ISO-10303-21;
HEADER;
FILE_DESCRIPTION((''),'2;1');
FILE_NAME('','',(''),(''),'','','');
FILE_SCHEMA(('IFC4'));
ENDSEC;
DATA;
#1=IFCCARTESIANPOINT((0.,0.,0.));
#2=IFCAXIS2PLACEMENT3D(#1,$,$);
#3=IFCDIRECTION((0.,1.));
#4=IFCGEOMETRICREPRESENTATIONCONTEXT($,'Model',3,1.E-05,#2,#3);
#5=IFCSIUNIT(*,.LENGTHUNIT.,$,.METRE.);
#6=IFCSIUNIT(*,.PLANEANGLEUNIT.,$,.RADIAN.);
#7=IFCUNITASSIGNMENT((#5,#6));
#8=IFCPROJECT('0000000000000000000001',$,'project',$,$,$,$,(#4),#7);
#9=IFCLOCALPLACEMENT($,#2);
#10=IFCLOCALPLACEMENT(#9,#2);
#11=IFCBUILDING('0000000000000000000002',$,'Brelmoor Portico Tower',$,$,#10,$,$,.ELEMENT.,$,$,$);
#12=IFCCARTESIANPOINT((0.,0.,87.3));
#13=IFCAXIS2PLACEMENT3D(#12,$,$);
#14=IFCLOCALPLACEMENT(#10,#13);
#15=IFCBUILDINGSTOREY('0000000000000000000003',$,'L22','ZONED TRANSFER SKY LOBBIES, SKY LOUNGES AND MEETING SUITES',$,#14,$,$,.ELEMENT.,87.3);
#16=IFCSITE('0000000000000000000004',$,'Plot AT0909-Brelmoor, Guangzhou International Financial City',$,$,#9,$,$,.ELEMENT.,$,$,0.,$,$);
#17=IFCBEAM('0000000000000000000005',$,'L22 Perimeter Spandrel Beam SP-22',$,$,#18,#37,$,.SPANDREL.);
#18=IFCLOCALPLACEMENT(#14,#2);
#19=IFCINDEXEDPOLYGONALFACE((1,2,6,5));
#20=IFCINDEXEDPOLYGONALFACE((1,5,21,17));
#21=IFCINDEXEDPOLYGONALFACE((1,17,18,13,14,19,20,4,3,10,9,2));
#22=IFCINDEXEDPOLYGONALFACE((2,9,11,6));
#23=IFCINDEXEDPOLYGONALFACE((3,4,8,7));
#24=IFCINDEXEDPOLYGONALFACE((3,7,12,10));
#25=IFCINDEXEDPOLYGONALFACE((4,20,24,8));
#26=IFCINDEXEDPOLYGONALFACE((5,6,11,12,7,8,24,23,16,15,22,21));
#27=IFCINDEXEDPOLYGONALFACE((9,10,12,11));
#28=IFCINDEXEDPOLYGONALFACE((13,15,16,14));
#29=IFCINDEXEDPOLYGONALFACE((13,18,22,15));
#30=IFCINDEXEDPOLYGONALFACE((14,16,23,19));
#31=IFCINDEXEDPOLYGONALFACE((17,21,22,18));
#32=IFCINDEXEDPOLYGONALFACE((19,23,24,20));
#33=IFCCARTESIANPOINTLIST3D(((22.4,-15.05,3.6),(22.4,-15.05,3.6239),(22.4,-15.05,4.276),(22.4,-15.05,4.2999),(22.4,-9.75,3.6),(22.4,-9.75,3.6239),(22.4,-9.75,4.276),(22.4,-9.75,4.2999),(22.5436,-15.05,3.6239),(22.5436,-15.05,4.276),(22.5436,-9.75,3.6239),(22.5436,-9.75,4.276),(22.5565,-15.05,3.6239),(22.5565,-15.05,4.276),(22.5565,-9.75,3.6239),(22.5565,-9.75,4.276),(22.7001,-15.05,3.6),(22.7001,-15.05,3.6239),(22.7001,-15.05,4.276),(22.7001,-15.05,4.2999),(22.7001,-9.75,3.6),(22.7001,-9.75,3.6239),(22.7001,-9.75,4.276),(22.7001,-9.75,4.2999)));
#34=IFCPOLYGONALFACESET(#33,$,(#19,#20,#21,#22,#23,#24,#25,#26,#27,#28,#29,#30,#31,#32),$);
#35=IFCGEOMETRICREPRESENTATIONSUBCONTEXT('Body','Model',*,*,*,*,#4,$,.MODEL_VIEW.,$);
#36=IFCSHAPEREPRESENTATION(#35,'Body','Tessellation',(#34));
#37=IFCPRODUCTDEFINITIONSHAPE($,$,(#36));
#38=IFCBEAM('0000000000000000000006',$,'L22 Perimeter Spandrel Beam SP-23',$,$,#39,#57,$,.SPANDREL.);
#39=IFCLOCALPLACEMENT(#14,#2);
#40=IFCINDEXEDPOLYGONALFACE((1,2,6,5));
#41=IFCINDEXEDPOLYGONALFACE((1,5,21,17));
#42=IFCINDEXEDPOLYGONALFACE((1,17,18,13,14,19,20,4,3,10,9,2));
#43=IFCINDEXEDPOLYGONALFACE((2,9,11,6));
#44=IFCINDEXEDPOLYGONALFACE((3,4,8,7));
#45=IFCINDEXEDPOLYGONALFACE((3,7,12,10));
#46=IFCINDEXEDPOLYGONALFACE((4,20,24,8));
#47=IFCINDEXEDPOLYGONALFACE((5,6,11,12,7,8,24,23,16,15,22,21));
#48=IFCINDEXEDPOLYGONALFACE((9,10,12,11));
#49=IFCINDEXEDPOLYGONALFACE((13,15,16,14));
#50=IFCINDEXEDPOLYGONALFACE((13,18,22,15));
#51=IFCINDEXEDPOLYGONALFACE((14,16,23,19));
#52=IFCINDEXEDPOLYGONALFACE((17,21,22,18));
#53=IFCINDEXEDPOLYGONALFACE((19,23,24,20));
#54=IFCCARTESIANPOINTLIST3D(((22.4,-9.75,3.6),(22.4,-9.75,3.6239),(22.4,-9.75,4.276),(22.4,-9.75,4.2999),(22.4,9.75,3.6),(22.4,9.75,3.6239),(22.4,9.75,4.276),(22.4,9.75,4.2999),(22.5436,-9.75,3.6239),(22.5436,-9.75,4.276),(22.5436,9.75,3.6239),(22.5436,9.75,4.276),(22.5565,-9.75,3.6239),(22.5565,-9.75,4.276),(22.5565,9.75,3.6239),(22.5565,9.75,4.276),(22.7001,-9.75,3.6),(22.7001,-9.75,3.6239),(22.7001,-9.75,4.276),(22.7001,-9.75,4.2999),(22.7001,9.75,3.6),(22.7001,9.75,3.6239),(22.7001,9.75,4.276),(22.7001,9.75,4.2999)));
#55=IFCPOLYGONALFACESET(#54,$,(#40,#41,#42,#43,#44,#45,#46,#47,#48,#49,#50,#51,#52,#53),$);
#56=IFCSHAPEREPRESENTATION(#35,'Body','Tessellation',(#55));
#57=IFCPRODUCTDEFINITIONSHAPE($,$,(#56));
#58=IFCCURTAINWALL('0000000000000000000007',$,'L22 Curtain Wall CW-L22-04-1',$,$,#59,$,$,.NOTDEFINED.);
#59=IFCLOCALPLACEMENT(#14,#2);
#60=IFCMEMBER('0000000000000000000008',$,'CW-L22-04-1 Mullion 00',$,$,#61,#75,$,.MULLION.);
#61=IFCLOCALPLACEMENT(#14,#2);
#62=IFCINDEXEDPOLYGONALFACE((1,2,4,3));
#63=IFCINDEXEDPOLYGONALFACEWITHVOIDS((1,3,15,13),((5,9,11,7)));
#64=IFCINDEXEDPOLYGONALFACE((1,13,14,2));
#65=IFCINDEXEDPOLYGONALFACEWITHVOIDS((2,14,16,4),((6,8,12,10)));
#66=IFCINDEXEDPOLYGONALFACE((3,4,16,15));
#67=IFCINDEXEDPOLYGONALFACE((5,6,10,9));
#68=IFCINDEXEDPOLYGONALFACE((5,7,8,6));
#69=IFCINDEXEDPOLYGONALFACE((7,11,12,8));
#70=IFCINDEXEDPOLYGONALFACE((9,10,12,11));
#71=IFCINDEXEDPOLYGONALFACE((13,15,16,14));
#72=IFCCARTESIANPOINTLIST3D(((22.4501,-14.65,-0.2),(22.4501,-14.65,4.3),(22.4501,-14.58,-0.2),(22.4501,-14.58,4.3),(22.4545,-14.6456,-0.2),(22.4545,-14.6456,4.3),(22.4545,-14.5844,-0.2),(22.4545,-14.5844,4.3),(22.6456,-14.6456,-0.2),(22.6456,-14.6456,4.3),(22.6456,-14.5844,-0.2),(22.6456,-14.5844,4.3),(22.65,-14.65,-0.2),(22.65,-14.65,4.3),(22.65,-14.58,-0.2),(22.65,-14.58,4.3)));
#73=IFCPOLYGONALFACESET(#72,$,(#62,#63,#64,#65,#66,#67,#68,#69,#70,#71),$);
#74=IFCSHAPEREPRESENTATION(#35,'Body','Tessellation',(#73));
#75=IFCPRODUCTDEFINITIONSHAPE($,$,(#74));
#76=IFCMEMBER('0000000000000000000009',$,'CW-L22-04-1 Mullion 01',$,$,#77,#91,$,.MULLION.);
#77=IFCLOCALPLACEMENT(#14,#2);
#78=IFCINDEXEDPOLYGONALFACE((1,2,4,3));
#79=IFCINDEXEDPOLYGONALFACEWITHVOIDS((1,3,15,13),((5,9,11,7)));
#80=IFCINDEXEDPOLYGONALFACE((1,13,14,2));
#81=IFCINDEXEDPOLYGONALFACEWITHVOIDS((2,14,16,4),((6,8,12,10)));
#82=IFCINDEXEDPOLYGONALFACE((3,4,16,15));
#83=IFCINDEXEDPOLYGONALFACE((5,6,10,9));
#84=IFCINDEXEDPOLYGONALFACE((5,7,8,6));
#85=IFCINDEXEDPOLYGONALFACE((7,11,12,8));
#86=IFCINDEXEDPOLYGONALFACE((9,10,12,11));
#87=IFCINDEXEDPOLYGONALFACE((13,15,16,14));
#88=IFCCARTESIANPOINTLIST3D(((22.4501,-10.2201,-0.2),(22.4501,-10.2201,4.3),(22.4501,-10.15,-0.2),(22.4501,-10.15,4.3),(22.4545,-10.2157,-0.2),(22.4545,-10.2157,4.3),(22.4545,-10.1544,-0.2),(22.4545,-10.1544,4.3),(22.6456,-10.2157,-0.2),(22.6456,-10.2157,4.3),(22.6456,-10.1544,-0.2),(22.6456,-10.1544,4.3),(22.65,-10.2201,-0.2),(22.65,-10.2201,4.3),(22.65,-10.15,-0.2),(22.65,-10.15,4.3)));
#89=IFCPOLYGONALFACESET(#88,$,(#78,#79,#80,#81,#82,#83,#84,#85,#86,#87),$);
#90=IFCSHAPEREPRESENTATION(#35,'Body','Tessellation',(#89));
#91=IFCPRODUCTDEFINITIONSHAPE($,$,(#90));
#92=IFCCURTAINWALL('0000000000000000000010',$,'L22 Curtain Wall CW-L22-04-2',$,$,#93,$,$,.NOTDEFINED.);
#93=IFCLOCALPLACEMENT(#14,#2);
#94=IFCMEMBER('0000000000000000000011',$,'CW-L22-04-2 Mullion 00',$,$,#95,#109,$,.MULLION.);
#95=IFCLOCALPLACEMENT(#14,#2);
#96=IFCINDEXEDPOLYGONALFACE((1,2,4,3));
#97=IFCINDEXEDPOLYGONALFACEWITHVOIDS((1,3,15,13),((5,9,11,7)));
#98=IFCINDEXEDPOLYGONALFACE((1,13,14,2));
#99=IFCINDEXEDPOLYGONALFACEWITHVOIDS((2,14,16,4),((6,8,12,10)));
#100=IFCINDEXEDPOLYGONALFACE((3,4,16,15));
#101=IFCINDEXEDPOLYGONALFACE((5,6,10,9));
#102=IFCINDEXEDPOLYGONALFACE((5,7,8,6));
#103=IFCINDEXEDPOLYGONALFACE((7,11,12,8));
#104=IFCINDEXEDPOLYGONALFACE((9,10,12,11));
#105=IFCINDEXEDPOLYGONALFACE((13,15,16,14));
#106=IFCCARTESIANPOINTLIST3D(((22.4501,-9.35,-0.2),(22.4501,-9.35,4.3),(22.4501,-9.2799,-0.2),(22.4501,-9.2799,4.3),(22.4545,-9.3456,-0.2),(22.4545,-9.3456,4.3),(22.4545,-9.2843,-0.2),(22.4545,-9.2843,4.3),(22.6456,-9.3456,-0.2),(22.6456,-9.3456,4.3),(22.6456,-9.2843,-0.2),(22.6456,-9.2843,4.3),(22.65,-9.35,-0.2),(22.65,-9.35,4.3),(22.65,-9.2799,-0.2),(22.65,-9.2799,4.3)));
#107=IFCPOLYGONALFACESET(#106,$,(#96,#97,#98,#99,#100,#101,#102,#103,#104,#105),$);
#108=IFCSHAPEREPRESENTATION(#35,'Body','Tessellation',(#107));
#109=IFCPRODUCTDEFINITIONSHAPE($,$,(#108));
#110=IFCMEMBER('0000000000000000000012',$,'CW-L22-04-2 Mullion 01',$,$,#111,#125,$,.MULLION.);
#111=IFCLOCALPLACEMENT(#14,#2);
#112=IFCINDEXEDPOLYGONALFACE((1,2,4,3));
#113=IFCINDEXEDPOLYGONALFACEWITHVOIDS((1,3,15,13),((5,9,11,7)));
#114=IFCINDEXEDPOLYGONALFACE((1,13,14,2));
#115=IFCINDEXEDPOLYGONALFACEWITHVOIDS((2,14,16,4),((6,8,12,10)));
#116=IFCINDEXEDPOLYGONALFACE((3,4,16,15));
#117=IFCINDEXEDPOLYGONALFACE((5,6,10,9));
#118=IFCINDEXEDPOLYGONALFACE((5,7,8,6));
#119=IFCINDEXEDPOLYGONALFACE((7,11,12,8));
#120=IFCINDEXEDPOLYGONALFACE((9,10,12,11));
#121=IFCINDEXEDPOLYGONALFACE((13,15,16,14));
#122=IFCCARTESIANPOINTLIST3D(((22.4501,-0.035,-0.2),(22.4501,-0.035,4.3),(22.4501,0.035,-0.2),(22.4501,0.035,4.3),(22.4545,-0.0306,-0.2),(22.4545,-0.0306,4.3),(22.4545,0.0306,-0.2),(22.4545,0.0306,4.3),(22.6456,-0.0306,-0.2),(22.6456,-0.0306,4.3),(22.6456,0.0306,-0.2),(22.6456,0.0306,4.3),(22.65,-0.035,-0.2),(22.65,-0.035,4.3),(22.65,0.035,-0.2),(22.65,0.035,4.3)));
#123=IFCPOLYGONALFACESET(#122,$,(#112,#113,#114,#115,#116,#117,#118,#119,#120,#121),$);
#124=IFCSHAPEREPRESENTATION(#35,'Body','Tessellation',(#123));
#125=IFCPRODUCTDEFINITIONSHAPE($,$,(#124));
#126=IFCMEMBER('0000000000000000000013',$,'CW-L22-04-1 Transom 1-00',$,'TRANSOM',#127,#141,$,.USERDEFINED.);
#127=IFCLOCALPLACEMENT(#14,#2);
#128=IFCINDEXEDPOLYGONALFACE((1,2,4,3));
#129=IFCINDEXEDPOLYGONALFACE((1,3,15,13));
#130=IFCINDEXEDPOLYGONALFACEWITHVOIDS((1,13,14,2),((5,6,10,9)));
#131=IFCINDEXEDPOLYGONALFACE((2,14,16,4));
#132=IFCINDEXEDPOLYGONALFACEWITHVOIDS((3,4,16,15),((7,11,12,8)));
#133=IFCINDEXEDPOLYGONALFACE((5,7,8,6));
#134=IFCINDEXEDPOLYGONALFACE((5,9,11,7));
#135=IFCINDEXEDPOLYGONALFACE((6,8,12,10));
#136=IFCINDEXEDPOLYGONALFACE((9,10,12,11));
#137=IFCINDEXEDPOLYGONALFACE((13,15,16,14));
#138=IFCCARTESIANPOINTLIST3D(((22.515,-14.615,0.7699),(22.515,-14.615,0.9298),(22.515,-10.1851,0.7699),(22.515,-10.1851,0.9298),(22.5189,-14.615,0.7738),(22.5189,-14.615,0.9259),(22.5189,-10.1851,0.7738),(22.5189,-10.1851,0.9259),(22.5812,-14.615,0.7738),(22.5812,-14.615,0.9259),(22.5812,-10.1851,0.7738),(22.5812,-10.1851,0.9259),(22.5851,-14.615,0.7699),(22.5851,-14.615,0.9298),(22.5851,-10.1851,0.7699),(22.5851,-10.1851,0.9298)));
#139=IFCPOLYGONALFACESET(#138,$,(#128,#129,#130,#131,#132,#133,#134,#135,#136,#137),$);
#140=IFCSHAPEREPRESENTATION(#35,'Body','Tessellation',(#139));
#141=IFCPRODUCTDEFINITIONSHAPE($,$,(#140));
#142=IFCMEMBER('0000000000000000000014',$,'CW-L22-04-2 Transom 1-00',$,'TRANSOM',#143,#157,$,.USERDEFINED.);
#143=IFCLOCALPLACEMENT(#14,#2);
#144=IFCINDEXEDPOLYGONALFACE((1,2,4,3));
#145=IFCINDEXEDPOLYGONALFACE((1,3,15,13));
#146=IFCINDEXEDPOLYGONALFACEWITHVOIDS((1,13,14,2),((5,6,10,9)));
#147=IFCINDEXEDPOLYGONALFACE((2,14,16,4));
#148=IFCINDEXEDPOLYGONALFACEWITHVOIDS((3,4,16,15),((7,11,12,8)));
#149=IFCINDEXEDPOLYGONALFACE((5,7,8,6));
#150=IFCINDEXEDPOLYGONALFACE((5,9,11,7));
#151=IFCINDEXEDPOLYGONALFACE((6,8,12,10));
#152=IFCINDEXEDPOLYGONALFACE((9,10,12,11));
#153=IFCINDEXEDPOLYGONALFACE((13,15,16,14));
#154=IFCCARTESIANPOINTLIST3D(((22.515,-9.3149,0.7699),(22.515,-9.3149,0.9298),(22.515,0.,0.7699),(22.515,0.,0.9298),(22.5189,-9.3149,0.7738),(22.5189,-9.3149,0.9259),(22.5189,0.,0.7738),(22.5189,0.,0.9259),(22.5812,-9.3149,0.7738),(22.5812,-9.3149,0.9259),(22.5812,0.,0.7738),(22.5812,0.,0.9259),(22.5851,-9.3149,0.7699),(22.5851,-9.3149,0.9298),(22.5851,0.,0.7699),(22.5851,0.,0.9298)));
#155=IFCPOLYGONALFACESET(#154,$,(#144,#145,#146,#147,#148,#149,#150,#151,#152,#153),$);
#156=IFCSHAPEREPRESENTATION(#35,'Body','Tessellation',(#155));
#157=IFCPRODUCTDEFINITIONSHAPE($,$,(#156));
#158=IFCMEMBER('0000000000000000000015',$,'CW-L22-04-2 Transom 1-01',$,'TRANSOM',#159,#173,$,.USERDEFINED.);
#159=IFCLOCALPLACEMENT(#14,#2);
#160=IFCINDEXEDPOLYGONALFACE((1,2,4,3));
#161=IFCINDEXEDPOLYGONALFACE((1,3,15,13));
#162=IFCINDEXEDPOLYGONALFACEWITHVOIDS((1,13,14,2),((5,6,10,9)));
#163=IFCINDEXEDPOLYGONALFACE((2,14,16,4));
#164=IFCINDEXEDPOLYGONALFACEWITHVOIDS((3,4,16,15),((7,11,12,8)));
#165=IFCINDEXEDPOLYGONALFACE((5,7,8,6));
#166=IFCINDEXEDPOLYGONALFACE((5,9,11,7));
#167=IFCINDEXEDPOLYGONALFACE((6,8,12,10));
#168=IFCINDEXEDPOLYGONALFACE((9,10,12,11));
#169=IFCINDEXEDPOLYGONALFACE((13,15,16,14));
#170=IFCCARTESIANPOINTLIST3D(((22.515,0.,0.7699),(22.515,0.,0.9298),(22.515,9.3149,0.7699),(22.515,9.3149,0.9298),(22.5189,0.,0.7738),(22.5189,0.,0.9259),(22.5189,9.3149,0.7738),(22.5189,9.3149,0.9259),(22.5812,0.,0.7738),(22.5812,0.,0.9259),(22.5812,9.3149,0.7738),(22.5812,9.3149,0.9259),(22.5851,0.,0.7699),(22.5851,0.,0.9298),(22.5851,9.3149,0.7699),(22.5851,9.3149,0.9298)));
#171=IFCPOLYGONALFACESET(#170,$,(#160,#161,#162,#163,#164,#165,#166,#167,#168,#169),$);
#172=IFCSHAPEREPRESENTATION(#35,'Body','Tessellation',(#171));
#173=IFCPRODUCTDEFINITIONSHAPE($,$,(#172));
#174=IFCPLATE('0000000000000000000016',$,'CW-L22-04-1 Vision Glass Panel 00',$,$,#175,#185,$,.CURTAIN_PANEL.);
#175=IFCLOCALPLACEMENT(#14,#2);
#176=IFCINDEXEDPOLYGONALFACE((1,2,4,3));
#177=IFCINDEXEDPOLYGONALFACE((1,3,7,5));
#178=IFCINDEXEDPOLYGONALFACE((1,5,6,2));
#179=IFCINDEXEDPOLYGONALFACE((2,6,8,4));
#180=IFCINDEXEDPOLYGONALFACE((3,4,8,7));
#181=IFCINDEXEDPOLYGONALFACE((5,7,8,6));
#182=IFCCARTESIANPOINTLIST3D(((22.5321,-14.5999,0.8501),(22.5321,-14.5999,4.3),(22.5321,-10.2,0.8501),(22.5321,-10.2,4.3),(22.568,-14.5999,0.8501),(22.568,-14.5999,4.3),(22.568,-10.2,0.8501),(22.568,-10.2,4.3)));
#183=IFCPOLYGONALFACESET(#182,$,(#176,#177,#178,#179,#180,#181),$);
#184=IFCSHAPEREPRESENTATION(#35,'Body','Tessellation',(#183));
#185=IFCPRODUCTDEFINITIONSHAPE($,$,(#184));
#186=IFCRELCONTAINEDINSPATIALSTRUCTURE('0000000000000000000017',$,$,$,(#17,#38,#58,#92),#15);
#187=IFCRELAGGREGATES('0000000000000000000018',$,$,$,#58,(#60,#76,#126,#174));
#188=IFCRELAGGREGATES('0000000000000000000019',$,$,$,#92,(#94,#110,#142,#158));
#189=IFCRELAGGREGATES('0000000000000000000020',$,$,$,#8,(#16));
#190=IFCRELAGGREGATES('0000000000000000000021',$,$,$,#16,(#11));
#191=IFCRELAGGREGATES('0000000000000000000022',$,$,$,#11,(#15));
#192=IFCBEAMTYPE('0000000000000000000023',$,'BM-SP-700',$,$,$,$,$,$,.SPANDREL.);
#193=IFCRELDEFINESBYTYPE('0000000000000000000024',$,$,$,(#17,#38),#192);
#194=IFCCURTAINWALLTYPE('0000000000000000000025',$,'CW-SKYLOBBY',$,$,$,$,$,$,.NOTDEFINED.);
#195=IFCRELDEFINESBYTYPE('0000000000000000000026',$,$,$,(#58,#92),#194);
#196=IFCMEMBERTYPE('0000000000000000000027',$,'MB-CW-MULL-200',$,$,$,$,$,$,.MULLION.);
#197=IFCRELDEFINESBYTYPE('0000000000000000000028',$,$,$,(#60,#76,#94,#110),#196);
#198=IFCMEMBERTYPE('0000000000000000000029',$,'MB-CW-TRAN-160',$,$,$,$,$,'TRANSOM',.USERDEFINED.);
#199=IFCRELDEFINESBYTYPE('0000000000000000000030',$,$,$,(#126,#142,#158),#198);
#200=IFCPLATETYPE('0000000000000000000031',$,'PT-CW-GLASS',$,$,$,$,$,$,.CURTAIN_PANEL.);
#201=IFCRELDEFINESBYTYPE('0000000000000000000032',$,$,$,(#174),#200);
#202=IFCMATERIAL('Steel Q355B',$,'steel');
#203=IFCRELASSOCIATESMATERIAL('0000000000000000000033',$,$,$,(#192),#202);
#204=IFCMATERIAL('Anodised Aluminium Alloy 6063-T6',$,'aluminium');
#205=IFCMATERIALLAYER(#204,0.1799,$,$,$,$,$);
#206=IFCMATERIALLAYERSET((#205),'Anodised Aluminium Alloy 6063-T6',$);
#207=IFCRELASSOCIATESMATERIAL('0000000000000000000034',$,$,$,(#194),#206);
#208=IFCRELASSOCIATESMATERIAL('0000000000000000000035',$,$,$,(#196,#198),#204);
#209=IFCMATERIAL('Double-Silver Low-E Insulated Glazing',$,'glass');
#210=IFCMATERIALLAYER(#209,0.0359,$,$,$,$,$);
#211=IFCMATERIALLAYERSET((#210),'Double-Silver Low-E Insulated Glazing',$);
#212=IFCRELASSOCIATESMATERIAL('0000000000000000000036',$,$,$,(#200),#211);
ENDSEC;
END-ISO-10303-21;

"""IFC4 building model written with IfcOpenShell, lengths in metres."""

from ifc_helpers import new_model, si_unit, direction, frame, origin, origin_2d, place, context, subcontext, project, spatial, rectangle, hollow_rectangle, i_section, extrude, material, layer, layer_set, material_profile, profile_set, type_object, element, aggregate, save


model = new_model("IFC4")

# Units and contexts
model_context = context("Model", 3, precision=1e-05, world=origin(), true_north=direction((0.0, 1.0)))
body_context = subcontext(model_context, "Body", "Model", "MODEL_VIEW")
ifc_project = project(units=[si_unit("LENGTHUNIT", "METRE"), si_unit("PLANEANGLEUNIT", "RADIAN")], contexts=[model_context])

# Site, building, storey
site_placement = place(None, origin())
site = spatial("IfcSite", under=ifc_project, at=site_placement, Name="Plot AT0909-Brelmoor, Guangzhou International Financial City", CompositionType="ELEMENT", RefElevation=0.0)
building_placement = place(site_placement, origin())
building = spatial("IfcBuilding", under=site, at=building_placement, Name="Brelmoor Portico Tower", CompositionType="ELEMENT")
storey_placement = place(building_placement, frame((0.0, 0.0, 87.3)))
storey = spatial("IfcBuildingStorey", under=building, at=storey_placement, Name="L22", Description="ZONED TRANSFER SKY LOBBIES, SKY LOUNGES AND MEETING SUITES", CompositionType="ELEMENT", Elevation=87.3)

# Shared definitions
ifc_material_1 = material(Name="Steel Q355B", Category="steel")

# Beams
ifc_material_profile_1 = material_profile(ifc_material_1, i_section(OverallWidth=0.3, OverallDepth=0.7, WebThickness=0.0129, FlangeThickness=0.0239, at=origin_2d()), Name="HN 700x300x13x24")
ifc_profile_set_1 = profile_set([ifc_material_profile_1], Name="Steel Q355B")
beam_type_1 = type_object("IfcBeamType", Name="BM-SP-700", PredefinedType="SPANDREL", material=ifc_profile_set_1)
beam_1_placement = place(storey_placement, frame((22.55, -15.05, 3.95), z_axis=(0.0, 1.0, 0.0), x_axis=(-1.0, 0.0, 0.0)))
element("IfcBeam", 1, at=beam_1_placement, inside=storey, type_object=beam_type_1, Name="L22 Perimeter Spandrel Beam SP-22", PredefinedType="SPANDREL", context=body_context, shape_type="SweptSolid", body=[
    extrude(i_section(OverallWidth=0.3, OverallDepth=0.7, WebThickness=0.0129, FlangeThickness=0.0239, at=origin_2d()), origin(), (0.0, 0.0, 1.0), 5.3),
])
beam_2_placement = place(storey_placement, frame((22.55, -9.75, 3.95), z_axis=(0.0, 1.0, 0.0), x_axis=(-1.0, 0.0, 0.0)))
element("IfcBeam", 2, at=beam_2_placement, inside=storey, type_object=beam_type_1, Name="L22 Perimeter Spandrel Beam SP-23", PredefinedType="SPANDREL", context=body_context, shape_type="SweptSolid", body=[
    extrude(i_section(OverallWidth=0.3, OverallDepth=0.7, WebThickness=0.0129, FlangeThickness=0.0239, at=origin_2d()), origin(), (0.0, 0.0, 1.0), 19.5),
])

# Curtain walls, members
ifc_material_2 = material(Name="Anodised Aluminium Alloy 6063-T6", Category="aluminium")
ifc_layer_1 = layer(ifc_material_2, 0.1799)
ifc_layer_set_1 = layer_set([ifc_layer_1], Name="Anodised Aluminium Alloy 6063-T6")
curtain_wall_type = type_object("IfcCurtainWallType", Name="CW-SKYLOBBY", PredefinedType="NOTDEFINED", material=ifc_layer_set_1)
curtain_wall_1_placement = place(storey_placement, origin())
curtain_wall_1 = element("IfcCurtainWall", 3, at=curtain_wall_1_placement, inside=storey, type_object=curtain_wall_type, Name="L22 Curtain Wall CW-L22-04-1", PredefinedType="NOTDEFINED")
ifc_material_profile_2 = material_profile(ifc_material_2, hollow_rectangle(XDim=0.0701, YDim=0.2, WallThickness=0.0044, at=origin_2d()), Name="ALU MULLION 70x200")
ifc_profile_set_2 = profile_set([ifc_material_profile_2], Name="Anodised Aluminium Alloy 6063-T6")
member_type_1 = type_object("IfcMemberType", Name="MB-CW-MULL-200", PredefinedType="MULLION", material=ifc_profile_set_2)
member_1_placement = place(storey_placement, frame((22.55, -14.615, -0.2), z_axis=(0.0, 0.0, 1.0), x_axis=(0.0, 1.0, 0.0)))
member_1 = element("IfcMember", 4, at=member_1_placement, type_object=member_type_1, Name="CW-L22-04-1 Mullion 00", PredefinedType="MULLION", context=body_context, shape_type="SweptSolid", body=[
    extrude(hollow_rectangle(XDim=0.0701, YDim=0.2, WallThickness=0.0044, at=origin_2d()), origin(), (0.0, 0.0, 1.0), 4.5),
])
member_2_placement = place(storey_placement, frame((22.55, -10.1851, -0.2), z_axis=(0.0, 0.0, 1.0), x_axis=(0.0, 1.0, 0.0)))
member_2 = element("IfcMember", 5, at=member_2_placement, type_object=member_type_1, Name="CW-L22-04-1 Mullion 01", PredefinedType="MULLION", context=body_context, shape_type="SweptSolid", body=[
    extrude(hollow_rectangle(XDim=0.0701, YDim=0.2, WallThickness=0.0044, at=origin_2d()), origin(), (0.0, 0.0, 1.0), 4.5),
])
curtain_wall_2_placement = place(storey_placement, origin())
curtain_wall_2 = element("IfcCurtainWall", 6, at=curtain_wall_2_placement, inside=storey, type_object=curtain_wall_type, Name="L22 Curtain Wall CW-L22-04-2", PredefinedType="NOTDEFINED")
member_3_placement = place(storey_placement, frame((22.55, -9.3149, -0.2), z_axis=(0.0, 0.0, 1.0), x_axis=(0.0, 1.0, 0.0)))
member_3 = element("IfcMember", 7, at=member_3_placement, type_object=member_type_1, Name="CW-L22-04-2 Mullion 00", PredefinedType="MULLION", context=body_context, shape_type="SweptSolid", body=[
    extrude(hollow_rectangle(XDim=0.0701, YDim=0.2, WallThickness=0.0044, at=origin_2d()), origin(), (0.0, 0.0, 1.0), 4.5),
])
member_4_placement = place(storey_placement, frame((22.55, 0.0, -0.2), z_axis=(0.0, 0.0, 1.0), x_axis=(0.0, 1.0, 0.0)))
member_4 = element("IfcMember", 8, at=member_4_placement, type_object=member_type_1, Name="CW-L22-04-2 Mullion 01", PredefinedType="MULLION", context=body_context, shape_type="SweptSolid", body=[
    extrude(hollow_rectangle(XDim=0.0701, YDim=0.2, WallThickness=0.0044, at=origin_2d()), origin(), (0.0, 0.0, 1.0), 4.5),
])

# Members
ifc_material_profile_3 = material_profile(ifc_material_2, hollow_rectangle(XDim=0.0701, YDim=0.1599, WallThickness=0.0039, at=origin_2d()), Name="ALU TRANSOM 70x160")
ifc_profile_set_3 = profile_set([ifc_material_profile_3], Name="Anodised Aluminium Alloy 6063-T6")
member_type_2 = type_object("IfcMemberType", Name="MB-CW-TRAN-160", ElementType="TRANSOM", PredefinedType="USERDEFINED", material=ifc_profile_set_3)
member_5_placement = place(storey_placement, frame((22.55, -14.615, 0.8499), z_axis=(0.0, 1.0, 0.0), x_axis=(-1.0, 0.0, 0.0)))
member_5 = element("IfcMember", 9, at=member_5_placement, type_object=member_type_2, Name="CW-L22-04-1 Transom 1-00", ObjectType="TRANSOM", PredefinedType="USERDEFINED", context=body_context, shape_type="SweptSolid", body=[
    extrude(hollow_rectangle(XDim=0.0701, YDim=0.1599, WallThickness=0.0039, at=origin_2d()), origin(), (0.0, 0.0, 1.0), 4.4299),
])
member_6_placement = place(storey_placement, frame((22.55, -9.3149, 0.8499), z_axis=(0.0, 1.0, 0.0), x_axis=(-1.0, 0.0, 0.0)))
member_6 = element("IfcMember", 10, at=member_6_placement, type_object=member_type_2, Name="CW-L22-04-2 Transom 1-00", ObjectType="TRANSOM", PredefinedType="USERDEFINED", context=body_context, shape_type="SweptSolid", body=[
    extrude(hollow_rectangle(XDim=0.0701, YDim=0.1599, WallThickness=0.0039, at=origin_2d()), origin(), (0.0, 0.0, 1.0), 9.3149),
])
member_7_placement = place(storey_placement, frame((22.55, 0.0, 0.8499), z_axis=(0.0, 1.0, 0.0), x_axis=(-1.0, 0.0, 0.0)))
member_7 = element("IfcMember", 11, at=member_7_placement, type_object=member_type_2, Name="CW-L22-04-2 Transom 1-01", ObjectType="TRANSOM", PredefinedType="USERDEFINED", context=body_context, shape_type="SweptSolid", body=[
    extrude(hollow_rectangle(XDim=0.0701, YDim=0.1599, WallThickness=0.0039, at=origin_2d()), origin(), (0.0, 0.0, 1.0), 9.3149),
])

# Plate
ifc_material_3 = material(Name="Double-Silver Low-E Insulated Glazing", Category="glass")
ifc_layer_2 = layer(ifc_material_3, 0.0359)
ifc_layer_set_2 = layer_set([ifc_layer_2], Name="Double-Silver Low-E Insulated Glazing")
plate_type_1 = type_object("IfcPlateType", Name="PT-CW-GLASS", PredefinedType="CURTAIN_PANEL", material=ifc_layer_set_2)
plate_1_placement = place(storey_placement, frame((22.55, -12.3999, 0.8501), z_axis=(0.0, 0.0, 1.0), x_axis=(0.0, 1.0, 0.0)))
plate_1 = element("IfcPlate", 12, at=plate_1_placement, type_object=plate_type_1, Name="CW-L22-04-1 Vision Glass Panel 00", PredefinedType="CURTAIN_PANEL", context=body_context, shape_type="SweptSolid", body=[
    extrude(rectangle(XDim=4.3999, YDim=0.0359, at=origin_2d()), origin(), (0.0, 0.0, 1.0), 3.45),
])
aggregate(curtain_wall_1, [member_1, member_2, member_5, plate_1])
aggregate(curtain_wall_2, [member_3, member_4, member_6, member_7])

save(model, "model.ifc")
